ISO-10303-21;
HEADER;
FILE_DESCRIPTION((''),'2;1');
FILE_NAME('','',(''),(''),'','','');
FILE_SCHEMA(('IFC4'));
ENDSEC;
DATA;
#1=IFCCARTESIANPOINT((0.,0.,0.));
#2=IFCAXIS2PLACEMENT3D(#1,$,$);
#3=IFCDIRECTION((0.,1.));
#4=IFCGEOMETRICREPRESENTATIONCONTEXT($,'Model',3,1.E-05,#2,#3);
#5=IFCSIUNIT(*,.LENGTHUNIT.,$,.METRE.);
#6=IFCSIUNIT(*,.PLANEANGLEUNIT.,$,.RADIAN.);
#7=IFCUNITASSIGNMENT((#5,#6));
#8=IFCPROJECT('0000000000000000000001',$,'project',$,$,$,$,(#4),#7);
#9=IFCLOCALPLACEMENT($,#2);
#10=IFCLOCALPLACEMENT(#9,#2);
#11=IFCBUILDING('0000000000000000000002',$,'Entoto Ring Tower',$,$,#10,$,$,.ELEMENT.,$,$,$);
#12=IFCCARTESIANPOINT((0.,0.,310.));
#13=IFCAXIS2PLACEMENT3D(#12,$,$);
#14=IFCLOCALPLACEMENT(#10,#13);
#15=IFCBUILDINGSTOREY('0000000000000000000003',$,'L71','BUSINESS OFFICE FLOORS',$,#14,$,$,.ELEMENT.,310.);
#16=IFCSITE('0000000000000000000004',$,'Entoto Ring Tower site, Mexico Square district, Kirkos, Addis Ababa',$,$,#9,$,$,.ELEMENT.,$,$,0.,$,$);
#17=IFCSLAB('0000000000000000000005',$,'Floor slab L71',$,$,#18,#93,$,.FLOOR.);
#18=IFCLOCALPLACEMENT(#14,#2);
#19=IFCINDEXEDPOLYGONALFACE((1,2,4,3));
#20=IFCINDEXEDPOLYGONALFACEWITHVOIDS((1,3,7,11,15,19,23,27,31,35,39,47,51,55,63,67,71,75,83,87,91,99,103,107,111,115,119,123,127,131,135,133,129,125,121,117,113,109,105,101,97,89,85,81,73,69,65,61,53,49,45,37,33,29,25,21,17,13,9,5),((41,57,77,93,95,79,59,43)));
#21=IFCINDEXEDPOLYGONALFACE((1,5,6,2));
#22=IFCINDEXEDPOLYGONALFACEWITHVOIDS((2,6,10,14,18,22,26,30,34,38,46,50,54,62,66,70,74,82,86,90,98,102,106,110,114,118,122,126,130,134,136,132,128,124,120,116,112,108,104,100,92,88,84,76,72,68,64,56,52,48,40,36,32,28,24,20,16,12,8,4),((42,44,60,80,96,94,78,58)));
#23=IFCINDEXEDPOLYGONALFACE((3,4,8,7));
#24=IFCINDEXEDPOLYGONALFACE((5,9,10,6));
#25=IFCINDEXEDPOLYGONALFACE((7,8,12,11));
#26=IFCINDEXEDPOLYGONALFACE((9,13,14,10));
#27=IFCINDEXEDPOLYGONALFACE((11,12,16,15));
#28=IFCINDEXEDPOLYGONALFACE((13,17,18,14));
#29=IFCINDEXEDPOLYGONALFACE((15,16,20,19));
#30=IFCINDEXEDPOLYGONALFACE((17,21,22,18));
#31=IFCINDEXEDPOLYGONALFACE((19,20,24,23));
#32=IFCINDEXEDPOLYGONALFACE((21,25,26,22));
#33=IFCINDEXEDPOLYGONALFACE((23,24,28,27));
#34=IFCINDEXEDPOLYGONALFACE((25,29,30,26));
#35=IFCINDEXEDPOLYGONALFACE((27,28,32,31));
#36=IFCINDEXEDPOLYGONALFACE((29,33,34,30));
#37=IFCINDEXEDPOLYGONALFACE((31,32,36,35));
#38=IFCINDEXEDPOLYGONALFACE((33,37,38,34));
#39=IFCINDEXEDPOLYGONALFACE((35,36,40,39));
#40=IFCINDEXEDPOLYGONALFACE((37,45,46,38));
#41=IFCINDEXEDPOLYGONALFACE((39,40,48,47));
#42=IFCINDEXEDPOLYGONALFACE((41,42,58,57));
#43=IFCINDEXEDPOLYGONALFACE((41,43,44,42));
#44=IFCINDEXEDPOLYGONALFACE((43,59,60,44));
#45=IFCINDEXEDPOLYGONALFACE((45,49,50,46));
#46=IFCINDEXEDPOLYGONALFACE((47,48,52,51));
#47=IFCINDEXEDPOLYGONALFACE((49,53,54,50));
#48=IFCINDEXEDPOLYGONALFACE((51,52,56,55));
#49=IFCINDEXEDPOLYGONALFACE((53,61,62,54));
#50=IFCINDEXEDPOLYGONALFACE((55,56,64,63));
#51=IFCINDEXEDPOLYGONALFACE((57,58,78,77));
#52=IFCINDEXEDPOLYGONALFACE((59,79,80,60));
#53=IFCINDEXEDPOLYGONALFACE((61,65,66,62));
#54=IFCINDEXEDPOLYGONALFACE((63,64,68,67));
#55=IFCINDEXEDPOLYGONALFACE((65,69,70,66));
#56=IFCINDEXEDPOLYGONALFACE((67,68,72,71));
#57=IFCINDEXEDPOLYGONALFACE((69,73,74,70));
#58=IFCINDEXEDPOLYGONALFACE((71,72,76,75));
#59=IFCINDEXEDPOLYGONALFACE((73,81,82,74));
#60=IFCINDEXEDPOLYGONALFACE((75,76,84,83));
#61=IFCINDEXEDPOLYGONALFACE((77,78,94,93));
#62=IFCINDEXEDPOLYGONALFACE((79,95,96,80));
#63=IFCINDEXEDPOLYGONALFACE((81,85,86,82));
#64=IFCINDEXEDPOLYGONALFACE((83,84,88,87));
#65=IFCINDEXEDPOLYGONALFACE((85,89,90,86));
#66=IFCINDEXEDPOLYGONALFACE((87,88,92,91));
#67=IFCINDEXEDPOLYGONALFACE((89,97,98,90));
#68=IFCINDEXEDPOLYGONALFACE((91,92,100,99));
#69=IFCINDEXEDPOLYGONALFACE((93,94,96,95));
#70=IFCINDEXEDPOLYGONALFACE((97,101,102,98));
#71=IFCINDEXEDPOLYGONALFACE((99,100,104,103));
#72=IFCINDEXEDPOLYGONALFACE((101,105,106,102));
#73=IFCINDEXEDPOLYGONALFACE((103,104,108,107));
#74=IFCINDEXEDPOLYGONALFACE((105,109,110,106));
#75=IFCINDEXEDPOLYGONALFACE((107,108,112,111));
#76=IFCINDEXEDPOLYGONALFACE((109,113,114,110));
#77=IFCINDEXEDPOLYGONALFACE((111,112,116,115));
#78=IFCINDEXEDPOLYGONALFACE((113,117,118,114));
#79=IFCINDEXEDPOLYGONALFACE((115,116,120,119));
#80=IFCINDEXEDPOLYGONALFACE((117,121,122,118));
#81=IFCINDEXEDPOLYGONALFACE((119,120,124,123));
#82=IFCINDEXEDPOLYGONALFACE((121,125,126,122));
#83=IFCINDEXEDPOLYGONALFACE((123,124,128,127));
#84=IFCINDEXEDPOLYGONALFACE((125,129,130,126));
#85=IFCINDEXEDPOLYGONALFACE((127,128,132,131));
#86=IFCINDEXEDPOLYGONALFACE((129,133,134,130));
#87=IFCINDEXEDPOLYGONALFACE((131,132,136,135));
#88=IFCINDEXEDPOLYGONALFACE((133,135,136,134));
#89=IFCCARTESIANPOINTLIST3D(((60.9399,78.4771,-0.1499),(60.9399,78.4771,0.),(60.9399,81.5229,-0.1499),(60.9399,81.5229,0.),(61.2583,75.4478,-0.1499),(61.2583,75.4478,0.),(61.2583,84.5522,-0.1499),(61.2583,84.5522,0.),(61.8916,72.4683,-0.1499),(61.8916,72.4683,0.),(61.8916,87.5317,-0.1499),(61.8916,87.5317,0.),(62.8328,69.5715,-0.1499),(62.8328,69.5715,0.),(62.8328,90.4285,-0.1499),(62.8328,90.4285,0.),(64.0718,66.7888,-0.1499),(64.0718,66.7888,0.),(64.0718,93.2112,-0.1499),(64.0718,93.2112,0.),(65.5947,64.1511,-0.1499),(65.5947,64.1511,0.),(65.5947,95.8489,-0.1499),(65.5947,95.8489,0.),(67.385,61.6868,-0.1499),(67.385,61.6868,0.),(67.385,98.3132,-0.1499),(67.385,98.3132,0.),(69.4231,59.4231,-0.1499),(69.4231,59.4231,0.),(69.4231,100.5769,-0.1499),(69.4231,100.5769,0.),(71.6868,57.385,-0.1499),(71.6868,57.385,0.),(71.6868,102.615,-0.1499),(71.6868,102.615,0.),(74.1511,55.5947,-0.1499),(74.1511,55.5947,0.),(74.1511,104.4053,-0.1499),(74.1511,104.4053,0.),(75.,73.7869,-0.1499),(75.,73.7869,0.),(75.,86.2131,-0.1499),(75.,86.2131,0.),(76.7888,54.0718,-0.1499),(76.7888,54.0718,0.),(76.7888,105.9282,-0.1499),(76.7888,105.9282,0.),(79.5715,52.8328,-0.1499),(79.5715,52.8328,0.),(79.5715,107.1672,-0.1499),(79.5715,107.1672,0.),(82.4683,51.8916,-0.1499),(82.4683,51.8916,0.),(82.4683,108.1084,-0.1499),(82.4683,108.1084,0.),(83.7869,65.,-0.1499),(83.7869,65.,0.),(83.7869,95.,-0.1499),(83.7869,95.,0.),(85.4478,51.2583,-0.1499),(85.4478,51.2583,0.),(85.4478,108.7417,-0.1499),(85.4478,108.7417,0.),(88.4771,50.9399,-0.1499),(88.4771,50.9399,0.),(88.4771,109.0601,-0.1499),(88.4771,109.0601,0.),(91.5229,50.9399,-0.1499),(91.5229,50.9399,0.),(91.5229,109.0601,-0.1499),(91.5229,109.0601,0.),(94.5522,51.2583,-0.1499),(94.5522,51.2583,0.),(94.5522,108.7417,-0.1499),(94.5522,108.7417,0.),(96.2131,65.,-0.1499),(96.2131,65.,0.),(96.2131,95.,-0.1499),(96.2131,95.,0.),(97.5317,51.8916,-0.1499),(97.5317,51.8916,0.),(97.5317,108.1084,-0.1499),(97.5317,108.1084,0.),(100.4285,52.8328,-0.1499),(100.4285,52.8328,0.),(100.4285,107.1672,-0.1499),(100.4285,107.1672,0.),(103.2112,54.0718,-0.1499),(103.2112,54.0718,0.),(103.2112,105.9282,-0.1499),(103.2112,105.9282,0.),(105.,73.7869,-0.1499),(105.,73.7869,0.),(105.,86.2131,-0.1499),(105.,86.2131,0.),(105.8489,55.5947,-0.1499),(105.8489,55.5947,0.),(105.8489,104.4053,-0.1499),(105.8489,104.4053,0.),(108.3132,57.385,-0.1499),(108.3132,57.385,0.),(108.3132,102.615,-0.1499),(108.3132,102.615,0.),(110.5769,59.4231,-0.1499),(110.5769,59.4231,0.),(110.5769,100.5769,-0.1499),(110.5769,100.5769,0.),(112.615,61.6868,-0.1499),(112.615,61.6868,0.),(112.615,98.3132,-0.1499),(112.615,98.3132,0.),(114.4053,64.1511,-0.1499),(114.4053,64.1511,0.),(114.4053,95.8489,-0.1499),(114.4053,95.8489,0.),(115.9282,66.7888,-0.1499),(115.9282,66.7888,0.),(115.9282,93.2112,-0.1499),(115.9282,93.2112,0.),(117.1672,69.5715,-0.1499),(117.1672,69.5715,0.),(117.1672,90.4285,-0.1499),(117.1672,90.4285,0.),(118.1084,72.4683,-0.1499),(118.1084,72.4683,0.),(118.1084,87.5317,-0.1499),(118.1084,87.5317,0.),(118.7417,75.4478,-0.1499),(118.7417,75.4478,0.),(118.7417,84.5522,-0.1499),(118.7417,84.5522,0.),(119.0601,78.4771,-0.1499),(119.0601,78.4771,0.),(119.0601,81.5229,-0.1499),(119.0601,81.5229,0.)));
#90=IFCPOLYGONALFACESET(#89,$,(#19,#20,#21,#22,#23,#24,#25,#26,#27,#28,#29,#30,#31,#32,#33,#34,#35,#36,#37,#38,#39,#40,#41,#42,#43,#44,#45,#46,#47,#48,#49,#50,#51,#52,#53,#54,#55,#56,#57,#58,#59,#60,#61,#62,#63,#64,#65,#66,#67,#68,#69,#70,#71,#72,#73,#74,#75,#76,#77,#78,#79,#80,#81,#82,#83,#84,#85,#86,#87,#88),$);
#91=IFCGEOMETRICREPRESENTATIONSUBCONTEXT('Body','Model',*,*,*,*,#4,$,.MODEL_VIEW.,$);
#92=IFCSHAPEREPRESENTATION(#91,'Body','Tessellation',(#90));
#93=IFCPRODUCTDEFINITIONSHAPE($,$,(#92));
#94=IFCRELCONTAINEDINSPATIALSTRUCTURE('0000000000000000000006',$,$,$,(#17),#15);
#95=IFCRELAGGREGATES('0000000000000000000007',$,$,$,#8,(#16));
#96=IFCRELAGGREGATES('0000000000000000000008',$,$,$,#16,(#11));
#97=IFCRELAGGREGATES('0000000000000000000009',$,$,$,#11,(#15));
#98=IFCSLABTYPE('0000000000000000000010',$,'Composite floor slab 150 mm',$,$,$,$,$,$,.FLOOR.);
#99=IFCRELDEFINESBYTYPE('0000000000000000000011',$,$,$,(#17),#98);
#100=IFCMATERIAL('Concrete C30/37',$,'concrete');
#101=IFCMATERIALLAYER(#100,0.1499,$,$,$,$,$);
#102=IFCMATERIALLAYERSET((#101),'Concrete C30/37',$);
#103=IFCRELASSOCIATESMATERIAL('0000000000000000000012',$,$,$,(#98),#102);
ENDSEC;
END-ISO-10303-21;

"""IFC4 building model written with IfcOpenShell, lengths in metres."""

from ifc_helpers import new_model, si_unit, direction, frame, origin, place, context, subcontext, project, spatial, polyline, outline, extrude, material, layer, layer_set, type_object, element, save


model = new_model("IFC4")

# Units and contexts
model_context = context("Model", 3, precision=1e-05, world=origin(), true_north=direction((0.0, 1.0)))
body_context = subcontext(model_context, "Body", "Model", "MODEL_VIEW")
ifc_project = project(units=[si_unit("LENGTHUNIT", "METRE"), si_unit("PLANEANGLEUNIT", "RADIAN")], contexts=[model_context])

# Site, building, storey
site_placement = place(None, origin())
building_placement = place(site_placement, origin())
storey_placement = place(building_placement, frame((0.0, 0.0, 310.0)))
site = spatial("IfcSite", under=ifc_project, at=site_placement, Name="Entoto Ring Tower site, Mexico Square district, Kirkos, Addis Ababa", CompositionType="ELEMENT", RefElevation=0.0)
building = spatial("IfcBuilding", under=site, at=building_placement, Name="Entoto Ring Tower", CompositionType="ELEMENT")
storey = spatial("IfcBuildingStorey", under=building, at=storey_placement, Name="L71", Description="BUSINESS OFFICE FLOORS", CompositionType="ELEMENT", Elevation=310.0)

# Slab
ifc_material_1 = material(Name="Concrete C30/37", Category="concrete")
ifc_layer_1 = layer(ifc_material_1, 0.1499)
ifc_layer_set_1 = layer_set([ifc_layer_1], Name="Concrete C30/37")
slab_type = type_object("IfcSlabType", Name="Composite floor slab 150 mm", PredefinedType="FLOOR", material=ifc_layer_set_1)
slab_placement = place(storey_placement, frame((0.0, 0.0, -0.1499)))
element("IfcSlab", 1, at=slab_placement, inside=storey, type_object=slab_type, Name="Floor slab L71", PredefinedType="FLOOR", context=body_context, shape_type="SweptSolid", body=[
    extrude(outline(polyline([(118.7417, 84.5522), (118.1084, 87.5317), (117.1672, 90.4285), (115.9282, 93.2112), (114.4053, 95.8489), (112.615, 98.3132), (110.5769, 100.5769), (108.3132, 102.615), (105.8489, 104.4053), (103.2112, 105.9282), (100.4285, 107.1672), (97.5317, 108.1084), (94.5522, 108.7417), (91.5229, 109.0601), (88.4771, 109.0601), (85.4478, 108.7417), (82.4683, 108.1084), (79.5715, 107.1672), (76.7888, 105.9282), (74.1511, 104.4053), (71.6868, 102.615), (69.4231, 100.5769), (67.385, 98.3132), (65.5947, 95.8489), (64.0718, 93.2112), (62.8328, 90.4285), (61.8916, 87.5317), (61.2583, 84.5522), (60.9399, 81.5229), (60.9399, 78.4771), (61.2583, 75.4478), (61.8916, 72.4683), (62.8328, 69.5715), (64.0718, 66.7888), (65.5947, 64.1511), (67.385, 61.6868), (69.4231, 59.4231), (71.6868, 57.385), (74.1511, 55.5947), (76.7888, 54.0718), (79.5715, 52.8328), (82.4683, 51.8916), (85.4478, 51.2583), (88.4771, 50.9399), (91.5229, 50.9399), (94.5522, 51.2583), (97.5317, 51.8916), (100.4285, 52.8328), (103.2112, 54.0718), (105.8489, 55.5947), (108.3132, 57.385), (110.5769, 59.4231), (112.615, 61.6868), (114.4053, 64.1511), (115.9282, 66.7888), (117.1672, 69.5715), (118.1084, 72.4683), (118.7417, 75.4478), (119.0601, 78.4771), (119.0601, 81.5229), (118.7417, 84.5522)]), holes=[polyline([(105.0, 73.7869), (105.0, 86.2131), (96.2131, 95.0), (83.7869, 95.0), (75.0, 86.2131), (75.0, 73.7869), (83.7869, 65.0), (96.2131, 65.0), (105.0, 73.7869)])]), origin(), (0.0, 0.0, 1.0), 0.1499),
])

save(model, "model.ifc")
